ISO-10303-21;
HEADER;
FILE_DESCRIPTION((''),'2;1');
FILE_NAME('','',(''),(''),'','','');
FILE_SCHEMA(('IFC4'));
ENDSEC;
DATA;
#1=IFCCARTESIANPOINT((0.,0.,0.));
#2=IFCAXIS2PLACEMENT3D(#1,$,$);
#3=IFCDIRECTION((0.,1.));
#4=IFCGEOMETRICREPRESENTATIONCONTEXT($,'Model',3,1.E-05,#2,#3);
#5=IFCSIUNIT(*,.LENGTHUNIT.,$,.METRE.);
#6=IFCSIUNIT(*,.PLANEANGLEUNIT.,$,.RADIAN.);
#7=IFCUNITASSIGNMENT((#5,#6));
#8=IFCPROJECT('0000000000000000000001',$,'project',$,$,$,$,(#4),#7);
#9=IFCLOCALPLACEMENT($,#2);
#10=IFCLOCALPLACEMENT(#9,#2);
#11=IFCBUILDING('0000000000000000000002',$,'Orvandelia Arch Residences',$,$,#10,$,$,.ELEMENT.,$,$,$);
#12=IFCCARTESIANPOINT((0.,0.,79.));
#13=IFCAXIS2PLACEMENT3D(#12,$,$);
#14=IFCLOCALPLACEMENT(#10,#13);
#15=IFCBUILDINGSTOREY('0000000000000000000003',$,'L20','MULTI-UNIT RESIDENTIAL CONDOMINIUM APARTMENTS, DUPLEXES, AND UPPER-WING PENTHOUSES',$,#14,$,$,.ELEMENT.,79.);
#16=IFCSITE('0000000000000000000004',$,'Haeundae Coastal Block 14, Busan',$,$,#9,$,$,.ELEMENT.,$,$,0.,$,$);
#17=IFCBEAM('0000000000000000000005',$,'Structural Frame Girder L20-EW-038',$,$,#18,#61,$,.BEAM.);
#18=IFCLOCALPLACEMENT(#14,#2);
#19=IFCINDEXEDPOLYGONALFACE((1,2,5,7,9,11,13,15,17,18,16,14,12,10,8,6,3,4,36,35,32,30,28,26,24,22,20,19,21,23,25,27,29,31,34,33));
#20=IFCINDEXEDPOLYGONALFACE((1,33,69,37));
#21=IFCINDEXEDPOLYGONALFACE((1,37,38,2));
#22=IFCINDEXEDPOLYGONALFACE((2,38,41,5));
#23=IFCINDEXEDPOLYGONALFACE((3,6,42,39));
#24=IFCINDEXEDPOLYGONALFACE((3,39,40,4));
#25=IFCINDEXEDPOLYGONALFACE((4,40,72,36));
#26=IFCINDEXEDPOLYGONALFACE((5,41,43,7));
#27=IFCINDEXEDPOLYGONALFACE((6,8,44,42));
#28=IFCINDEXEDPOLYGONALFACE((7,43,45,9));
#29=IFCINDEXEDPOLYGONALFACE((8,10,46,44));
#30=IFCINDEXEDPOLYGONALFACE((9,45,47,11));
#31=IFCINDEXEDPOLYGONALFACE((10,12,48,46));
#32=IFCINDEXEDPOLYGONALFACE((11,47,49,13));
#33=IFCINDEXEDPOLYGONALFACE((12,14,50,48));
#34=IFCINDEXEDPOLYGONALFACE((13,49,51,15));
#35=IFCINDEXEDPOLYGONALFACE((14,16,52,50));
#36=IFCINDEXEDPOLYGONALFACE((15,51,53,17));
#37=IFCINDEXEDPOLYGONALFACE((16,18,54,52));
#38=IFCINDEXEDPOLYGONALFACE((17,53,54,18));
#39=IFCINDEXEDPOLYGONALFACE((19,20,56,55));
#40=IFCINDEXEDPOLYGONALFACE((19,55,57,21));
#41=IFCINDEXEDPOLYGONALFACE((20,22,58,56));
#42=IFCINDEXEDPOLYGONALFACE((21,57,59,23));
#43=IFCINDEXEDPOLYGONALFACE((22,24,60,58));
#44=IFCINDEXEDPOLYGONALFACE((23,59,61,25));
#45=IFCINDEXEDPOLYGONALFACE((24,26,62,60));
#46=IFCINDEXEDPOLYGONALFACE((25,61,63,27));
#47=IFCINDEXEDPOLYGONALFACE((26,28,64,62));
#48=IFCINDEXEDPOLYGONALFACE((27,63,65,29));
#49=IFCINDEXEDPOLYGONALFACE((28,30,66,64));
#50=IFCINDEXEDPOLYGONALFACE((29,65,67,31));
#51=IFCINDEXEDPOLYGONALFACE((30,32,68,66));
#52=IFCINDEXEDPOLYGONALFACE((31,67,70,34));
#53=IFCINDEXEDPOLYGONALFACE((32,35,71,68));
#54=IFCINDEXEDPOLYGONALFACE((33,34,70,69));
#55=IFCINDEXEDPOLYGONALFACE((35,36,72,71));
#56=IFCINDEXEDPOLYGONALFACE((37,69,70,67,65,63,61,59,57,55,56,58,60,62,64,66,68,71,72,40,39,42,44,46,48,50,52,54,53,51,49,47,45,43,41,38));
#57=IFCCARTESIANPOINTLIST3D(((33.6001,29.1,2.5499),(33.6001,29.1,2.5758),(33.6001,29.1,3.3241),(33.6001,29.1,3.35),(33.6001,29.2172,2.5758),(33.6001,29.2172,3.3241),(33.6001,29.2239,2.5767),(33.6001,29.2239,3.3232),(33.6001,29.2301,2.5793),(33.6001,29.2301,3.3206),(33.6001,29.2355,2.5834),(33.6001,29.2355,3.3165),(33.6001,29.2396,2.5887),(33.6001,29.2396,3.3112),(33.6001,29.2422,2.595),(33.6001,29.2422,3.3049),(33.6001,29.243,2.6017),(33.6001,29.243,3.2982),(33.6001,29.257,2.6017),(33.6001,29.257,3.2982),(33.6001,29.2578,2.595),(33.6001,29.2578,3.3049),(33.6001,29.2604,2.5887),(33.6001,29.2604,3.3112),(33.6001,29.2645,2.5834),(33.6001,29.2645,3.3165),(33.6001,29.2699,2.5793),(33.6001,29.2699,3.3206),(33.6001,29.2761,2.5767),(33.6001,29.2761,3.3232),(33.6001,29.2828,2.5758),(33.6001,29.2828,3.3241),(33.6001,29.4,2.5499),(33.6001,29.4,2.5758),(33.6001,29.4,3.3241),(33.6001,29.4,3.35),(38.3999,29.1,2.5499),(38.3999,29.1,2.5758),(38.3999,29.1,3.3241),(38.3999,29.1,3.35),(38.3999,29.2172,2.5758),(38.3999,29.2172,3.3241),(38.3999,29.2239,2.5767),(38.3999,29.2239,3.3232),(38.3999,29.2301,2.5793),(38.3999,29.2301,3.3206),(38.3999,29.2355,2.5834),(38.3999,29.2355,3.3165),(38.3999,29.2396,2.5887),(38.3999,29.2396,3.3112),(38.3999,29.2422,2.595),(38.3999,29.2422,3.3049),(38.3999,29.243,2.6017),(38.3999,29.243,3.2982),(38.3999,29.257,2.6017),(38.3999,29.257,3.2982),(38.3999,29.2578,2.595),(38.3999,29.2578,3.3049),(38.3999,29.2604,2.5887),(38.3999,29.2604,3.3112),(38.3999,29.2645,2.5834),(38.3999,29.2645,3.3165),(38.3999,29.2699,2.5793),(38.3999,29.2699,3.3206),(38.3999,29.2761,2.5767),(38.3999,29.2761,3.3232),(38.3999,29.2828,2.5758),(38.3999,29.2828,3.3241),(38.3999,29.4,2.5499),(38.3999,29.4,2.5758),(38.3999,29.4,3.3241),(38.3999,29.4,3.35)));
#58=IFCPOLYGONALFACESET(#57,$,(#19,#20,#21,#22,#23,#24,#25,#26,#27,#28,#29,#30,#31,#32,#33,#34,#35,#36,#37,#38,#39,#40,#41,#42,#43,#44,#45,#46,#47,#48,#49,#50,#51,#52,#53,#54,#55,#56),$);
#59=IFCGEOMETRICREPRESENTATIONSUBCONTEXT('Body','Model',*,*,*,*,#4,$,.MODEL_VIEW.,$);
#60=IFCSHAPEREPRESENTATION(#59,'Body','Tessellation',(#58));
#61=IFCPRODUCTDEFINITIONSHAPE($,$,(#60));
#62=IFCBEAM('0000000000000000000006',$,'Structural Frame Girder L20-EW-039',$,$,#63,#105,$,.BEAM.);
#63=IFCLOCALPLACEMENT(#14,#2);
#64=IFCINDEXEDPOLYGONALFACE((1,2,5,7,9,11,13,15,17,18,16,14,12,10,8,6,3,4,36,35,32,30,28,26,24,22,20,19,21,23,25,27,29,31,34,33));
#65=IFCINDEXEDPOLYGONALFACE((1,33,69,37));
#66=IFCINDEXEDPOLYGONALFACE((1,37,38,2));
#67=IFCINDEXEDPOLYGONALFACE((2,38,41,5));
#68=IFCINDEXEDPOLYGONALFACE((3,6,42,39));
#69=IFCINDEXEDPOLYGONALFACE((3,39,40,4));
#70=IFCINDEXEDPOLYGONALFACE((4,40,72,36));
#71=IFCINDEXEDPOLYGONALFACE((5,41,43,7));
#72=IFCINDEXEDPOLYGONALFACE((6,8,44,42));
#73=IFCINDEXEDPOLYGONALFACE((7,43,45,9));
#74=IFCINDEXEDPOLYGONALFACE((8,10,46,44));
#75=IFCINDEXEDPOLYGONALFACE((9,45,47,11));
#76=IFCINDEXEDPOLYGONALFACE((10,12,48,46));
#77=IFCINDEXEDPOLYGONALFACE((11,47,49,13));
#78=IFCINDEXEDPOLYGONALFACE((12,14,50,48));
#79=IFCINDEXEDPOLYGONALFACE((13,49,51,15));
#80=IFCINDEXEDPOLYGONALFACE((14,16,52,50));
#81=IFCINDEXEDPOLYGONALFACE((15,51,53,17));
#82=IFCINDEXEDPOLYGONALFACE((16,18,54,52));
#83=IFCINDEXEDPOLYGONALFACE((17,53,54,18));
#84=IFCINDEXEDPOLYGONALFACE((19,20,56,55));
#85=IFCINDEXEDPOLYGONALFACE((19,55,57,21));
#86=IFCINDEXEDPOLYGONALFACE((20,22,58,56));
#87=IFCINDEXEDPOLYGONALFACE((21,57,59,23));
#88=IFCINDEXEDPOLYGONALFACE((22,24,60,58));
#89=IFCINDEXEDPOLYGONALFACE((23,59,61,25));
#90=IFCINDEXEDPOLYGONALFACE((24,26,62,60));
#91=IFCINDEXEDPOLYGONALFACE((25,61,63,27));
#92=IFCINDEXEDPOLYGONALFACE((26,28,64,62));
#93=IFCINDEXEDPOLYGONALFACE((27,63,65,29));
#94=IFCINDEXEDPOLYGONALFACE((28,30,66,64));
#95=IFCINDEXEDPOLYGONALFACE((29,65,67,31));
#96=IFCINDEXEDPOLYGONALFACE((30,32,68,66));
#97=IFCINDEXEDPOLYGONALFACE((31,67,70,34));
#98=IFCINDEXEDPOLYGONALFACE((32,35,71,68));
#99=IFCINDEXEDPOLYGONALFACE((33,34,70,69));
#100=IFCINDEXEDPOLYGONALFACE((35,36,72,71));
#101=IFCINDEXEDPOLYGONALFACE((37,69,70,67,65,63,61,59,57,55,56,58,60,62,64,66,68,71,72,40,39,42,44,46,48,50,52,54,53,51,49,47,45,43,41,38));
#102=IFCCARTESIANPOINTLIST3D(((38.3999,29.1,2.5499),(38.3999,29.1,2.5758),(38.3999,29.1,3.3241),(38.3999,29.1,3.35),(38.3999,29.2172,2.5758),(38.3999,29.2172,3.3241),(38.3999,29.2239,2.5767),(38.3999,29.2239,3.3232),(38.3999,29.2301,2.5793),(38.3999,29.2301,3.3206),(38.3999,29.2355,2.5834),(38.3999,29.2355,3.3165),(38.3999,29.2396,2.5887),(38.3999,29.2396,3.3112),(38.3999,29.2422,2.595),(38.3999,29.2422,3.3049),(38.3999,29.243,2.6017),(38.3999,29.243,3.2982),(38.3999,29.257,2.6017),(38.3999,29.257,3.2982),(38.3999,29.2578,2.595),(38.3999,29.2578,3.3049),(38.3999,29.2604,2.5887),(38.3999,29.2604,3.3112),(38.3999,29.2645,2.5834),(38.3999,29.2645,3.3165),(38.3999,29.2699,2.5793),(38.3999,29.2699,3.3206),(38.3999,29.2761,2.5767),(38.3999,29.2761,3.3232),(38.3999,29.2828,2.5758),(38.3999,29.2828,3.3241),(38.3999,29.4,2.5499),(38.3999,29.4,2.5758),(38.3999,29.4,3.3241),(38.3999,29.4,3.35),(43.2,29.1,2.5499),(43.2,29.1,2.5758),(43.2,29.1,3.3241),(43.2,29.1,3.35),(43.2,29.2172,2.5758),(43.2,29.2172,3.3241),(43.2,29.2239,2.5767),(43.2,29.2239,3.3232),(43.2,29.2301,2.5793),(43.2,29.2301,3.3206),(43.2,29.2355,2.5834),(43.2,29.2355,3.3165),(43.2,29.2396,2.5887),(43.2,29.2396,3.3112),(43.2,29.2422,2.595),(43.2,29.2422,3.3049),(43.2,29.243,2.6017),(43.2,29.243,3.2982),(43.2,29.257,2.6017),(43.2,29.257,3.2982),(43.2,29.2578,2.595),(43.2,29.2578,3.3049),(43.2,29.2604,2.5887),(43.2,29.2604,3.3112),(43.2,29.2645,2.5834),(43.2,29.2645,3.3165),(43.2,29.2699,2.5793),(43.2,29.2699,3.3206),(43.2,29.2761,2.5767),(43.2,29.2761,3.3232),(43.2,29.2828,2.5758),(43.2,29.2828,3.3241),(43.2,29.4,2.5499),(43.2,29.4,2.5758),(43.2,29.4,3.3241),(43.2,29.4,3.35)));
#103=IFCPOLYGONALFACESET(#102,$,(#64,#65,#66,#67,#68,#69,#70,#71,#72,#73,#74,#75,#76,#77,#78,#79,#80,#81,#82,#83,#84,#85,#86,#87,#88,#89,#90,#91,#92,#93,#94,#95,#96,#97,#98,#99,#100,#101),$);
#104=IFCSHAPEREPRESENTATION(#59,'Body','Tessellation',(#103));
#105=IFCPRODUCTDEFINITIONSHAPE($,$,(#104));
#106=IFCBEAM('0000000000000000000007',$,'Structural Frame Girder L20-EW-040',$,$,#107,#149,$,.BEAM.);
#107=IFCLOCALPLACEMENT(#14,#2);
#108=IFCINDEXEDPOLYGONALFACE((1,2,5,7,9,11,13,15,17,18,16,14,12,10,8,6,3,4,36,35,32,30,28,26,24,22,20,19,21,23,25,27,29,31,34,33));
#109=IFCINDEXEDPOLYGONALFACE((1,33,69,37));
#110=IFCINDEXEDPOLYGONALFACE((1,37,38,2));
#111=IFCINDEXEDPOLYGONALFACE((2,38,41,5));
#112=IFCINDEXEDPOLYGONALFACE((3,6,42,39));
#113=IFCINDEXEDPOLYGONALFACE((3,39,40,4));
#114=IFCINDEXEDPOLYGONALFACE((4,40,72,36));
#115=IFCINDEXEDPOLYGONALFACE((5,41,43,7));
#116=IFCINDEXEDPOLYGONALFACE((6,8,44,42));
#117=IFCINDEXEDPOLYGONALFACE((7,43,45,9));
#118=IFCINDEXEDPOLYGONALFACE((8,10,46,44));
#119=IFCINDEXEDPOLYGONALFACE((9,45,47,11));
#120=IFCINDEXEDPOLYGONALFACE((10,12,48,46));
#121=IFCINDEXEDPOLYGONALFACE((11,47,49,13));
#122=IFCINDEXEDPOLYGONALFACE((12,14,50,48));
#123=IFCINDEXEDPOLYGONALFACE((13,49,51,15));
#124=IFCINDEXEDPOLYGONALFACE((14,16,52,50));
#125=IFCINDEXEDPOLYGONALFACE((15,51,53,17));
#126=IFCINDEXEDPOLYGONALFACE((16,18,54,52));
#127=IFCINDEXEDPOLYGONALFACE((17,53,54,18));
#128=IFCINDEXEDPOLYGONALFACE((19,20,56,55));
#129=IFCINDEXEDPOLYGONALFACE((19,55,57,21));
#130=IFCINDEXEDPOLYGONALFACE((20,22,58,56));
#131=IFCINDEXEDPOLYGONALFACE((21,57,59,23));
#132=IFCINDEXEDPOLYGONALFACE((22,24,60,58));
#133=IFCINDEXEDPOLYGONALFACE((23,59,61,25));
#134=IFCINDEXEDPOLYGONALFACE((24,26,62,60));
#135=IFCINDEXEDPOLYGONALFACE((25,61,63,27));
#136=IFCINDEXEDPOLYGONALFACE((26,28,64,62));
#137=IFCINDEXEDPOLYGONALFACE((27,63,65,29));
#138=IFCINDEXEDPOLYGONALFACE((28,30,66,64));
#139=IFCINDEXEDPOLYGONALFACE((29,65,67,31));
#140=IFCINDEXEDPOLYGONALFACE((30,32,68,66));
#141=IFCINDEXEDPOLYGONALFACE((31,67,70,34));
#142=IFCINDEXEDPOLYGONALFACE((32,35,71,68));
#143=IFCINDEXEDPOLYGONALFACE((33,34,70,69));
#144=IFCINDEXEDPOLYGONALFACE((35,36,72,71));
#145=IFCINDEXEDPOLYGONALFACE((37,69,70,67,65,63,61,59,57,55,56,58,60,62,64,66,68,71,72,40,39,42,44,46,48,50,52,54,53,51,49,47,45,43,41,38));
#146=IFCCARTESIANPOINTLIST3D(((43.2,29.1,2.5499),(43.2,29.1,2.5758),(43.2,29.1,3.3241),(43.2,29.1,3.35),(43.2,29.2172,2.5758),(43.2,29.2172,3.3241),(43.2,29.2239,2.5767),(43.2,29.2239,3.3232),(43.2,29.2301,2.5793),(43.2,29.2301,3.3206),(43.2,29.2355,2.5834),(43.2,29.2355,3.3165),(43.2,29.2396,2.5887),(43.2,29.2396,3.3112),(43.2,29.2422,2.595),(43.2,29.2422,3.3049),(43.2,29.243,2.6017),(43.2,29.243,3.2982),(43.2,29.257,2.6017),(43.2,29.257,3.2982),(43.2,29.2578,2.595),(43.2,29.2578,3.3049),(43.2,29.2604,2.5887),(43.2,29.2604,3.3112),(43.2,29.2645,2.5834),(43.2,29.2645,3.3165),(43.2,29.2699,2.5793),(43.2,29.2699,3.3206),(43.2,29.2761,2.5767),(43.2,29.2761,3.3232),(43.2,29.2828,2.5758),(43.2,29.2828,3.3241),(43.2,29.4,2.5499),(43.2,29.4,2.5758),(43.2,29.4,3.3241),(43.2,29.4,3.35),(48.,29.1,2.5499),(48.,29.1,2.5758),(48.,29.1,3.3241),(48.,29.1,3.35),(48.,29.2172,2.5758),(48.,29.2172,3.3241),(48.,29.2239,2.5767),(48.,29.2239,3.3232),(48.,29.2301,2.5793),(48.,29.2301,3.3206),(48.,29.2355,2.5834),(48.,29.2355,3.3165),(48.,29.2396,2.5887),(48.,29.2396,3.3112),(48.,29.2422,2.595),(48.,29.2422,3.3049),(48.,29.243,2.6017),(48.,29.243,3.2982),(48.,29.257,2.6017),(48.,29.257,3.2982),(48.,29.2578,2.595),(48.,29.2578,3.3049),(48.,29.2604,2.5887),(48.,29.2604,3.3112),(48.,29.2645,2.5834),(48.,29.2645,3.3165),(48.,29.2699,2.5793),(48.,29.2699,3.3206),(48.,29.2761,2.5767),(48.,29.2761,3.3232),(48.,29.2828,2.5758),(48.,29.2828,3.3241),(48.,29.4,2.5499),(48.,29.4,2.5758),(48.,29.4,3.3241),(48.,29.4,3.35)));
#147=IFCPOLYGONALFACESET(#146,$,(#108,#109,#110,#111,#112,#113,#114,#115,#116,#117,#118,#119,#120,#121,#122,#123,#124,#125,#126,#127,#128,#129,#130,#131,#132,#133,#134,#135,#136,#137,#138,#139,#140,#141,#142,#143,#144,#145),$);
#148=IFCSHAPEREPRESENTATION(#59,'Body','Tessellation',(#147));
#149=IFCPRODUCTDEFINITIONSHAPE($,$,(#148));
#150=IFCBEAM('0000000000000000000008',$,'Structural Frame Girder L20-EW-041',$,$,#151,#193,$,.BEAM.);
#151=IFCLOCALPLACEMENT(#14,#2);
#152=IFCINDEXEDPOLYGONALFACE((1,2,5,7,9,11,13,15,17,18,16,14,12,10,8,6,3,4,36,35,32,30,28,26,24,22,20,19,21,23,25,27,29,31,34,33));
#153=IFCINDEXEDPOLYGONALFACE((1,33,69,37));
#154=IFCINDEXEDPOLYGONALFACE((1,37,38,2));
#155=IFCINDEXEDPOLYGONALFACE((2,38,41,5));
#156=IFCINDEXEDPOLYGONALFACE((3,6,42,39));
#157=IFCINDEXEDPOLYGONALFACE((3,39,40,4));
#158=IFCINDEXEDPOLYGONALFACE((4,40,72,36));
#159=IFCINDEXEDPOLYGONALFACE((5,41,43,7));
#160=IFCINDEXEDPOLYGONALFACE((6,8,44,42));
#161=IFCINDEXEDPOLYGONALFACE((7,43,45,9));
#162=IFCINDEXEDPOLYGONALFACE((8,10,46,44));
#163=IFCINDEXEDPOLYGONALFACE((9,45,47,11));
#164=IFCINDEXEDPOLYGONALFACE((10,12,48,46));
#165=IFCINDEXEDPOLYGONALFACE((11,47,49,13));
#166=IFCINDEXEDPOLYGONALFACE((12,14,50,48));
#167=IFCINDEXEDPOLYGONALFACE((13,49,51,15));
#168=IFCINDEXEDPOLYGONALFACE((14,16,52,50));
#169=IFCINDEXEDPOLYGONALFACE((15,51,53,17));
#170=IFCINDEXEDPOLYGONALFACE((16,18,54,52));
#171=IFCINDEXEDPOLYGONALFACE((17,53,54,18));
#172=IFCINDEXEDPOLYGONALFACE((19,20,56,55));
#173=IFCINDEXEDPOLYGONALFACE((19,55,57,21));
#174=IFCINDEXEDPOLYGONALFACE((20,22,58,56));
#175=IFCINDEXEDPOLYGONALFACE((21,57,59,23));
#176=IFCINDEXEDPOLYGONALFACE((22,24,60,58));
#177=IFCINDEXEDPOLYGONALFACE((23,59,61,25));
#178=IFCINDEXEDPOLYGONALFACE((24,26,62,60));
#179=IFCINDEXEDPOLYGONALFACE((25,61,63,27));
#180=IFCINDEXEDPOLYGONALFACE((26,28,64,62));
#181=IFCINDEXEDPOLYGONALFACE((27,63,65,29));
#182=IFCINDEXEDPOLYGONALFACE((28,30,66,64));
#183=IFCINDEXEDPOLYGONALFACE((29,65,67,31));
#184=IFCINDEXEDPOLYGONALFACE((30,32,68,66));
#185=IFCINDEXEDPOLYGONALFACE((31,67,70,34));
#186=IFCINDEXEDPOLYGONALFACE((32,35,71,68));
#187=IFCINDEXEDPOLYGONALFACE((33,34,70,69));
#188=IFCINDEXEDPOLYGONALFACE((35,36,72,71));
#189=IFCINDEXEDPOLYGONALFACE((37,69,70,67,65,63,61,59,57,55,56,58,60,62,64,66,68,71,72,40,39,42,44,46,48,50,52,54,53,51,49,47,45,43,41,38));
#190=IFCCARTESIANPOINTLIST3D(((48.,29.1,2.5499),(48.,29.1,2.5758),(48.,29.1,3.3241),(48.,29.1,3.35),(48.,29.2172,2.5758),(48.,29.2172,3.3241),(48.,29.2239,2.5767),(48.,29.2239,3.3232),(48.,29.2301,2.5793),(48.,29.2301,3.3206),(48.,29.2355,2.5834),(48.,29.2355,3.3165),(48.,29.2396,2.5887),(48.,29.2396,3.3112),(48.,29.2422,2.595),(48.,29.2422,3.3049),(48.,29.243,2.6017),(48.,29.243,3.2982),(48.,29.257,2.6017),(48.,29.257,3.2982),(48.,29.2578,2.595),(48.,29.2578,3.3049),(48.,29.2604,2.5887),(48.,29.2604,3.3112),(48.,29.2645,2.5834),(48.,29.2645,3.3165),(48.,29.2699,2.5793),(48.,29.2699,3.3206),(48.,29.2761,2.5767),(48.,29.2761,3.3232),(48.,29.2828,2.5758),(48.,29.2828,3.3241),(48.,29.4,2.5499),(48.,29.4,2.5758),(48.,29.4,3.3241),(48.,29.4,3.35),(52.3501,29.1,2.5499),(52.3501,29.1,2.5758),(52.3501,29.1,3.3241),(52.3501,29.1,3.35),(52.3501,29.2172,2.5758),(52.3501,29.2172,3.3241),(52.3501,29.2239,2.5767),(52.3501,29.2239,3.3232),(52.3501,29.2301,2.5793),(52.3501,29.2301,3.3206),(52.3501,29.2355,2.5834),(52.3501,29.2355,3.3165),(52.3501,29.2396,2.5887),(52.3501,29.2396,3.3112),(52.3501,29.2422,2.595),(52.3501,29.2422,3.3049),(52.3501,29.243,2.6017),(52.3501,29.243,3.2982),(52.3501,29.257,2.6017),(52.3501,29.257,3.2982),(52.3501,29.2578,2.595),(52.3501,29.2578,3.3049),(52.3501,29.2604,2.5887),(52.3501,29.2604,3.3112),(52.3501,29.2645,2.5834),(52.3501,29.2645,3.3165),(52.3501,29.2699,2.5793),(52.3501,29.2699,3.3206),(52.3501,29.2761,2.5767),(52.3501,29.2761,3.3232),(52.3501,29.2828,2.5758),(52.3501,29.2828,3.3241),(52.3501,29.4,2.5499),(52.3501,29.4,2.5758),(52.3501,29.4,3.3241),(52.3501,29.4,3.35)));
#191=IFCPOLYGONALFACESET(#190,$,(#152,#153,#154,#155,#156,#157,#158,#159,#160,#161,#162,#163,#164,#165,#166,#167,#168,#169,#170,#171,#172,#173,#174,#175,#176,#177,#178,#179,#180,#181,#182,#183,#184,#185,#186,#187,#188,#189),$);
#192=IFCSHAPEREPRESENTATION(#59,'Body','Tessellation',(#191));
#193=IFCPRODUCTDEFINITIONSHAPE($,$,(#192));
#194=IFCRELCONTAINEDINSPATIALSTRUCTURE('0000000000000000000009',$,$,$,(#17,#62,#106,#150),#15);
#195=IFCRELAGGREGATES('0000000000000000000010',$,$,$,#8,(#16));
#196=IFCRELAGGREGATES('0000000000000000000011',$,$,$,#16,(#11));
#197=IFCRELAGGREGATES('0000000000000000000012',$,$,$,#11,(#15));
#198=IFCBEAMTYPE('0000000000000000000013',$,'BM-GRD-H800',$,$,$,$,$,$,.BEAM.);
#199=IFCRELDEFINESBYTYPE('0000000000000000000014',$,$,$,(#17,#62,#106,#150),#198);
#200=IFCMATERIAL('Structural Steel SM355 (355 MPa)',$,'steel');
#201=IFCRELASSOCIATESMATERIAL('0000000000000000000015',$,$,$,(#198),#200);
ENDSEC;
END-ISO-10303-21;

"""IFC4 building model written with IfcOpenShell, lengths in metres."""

from ifc_helpers import new_model, si_unit, direction, frame, origin, origin_2d, place, context, subcontext, project, spatial, i_section, extrude, material, material_profile, profile_set, type_object, element, save


model = new_model("IFC4")

# Units and contexts
model_context = context("Model", 3, precision=1e-05, world=origin(), true_north=direction((0.0, 1.0)))
body_context = subcontext(model_context, "Body", "Model", "MODEL_VIEW")
ifc_project = project(units=[si_unit("LENGTHUNIT", "METRE"), si_unit("PLANEANGLEUNIT", "RADIAN")], contexts=[model_context])

# Site, building, storey
site_placement = place(None, origin())
site = spatial("IfcSite", under=ifc_project, at=site_placement, Name="Haeundae Coastal Block 14, Busan", CompositionType="ELEMENT", RefElevation=0.0)
building_placement = place(site_placement, origin())
building = spatial("IfcBuilding", under=site, at=building_placement, Name="Orvandelia Arch Residences", CompositionType="ELEMENT")
storey_placement = place(building_placement, frame((0.0, 0.0, 79.0)))
storey = spatial("IfcBuildingStorey", under=building, at=storey_placement, Name="L20", Description="MULTI-UNIT RESIDENTIAL CONDOMINIUM APARTMENTS, DUPLEXES, AND UPPER-WING PENTHOUSES", CompositionType="ELEMENT", Elevation=79.0)

# Beams
ifc_material_1 = material(Name="Structural Steel SM355 (355 MPa)", Category="steel")
ifc_material_profile_1 = material_profile(ifc_material_1, i_section(OverallWidth=0.3, OverallDepth=0.8, WebThickness=0.0139, FlangeThickness=0.0259, FilletRadius=0.0259, at=origin_2d()), Name="Structural Steel SM355 (355 MPa)", Category="steel")
ifc_profile_set_1 = profile_set([ifc_material_profile_1], Name="Structural Steel SM355 (355 MPa)")
beam_type = type_object("IfcBeamType", Name="BM-GRD-H800", PredefinedType="BEAM", material=ifc_profile_set_1)
beam_1_placement = place(storey_placement, frame((33.6001, 29.25, 2.95), z_axis=(1.0, 0.0, 0.0), x_axis=(0.0, 1.0, 0.0)))
element("IfcBeam", 1, at=beam_1_placement, inside=storey, type_object=beam_type, Name="Structural Frame Girder L20-EW-038", PredefinedType="BEAM", context=body_context, shape_type="SweptSolid", body=[
    extrude(i_section(OverallWidth=0.3, OverallDepth=0.8, WebThickness=0.0139, FlangeThickness=0.0259, FilletRadius=0.0259, at=origin_2d()), origin(), (0.0, 0.0, 1.0), 4.7998),
])
for number, where, z_axis, x_axis, name in (
    (2, (38.3999, 29.25, 2.95), (1.0, 0.0, 0.0), (0.0, 1.0, 0.0), "Structural Frame Girder L20-EW-039"),
    (3, (43.2, 29.25, 2.95), (1.0, 0.0, 0.0), (0.0, 1.0, 0.0), "Structural Frame Girder L20-EW-040"),
):
    element("IfcBeam", number, at=place(storey_placement, frame(where, z_axis=z_axis, x_axis=x_axis)), inside=storey, type_object=beam_type, Name=name, PredefinedType="BEAM", context=body_context, shape_type="SweptSolid", body=[
        extrude(i_section(OverallWidth=0.3, OverallDepth=0.8, WebThickness=0.0139, FlangeThickness=0.0259, FilletRadius=0.0259, at=origin_2d()), origin(), (0.0, 0.0, 1.0), 4.8),
    ])
beam_2_placement = place(storey_placement, frame((48.0, 29.25, 2.95), z_axis=(1.0, 0.0, 0.0), x_axis=(0.0, 1.0, 0.0)))
element("IfcBeam", 4, at=beam_2_placement, inside=storey, type_object=beam_type, Name="Structural Frame Girder L20-EW-041", PredefinedType="BEAM", context=body_context, shape_type="SweptSolid", body=[
    extrude(i_section(OverallWidth=0.3, OverallDepth=0.8, WebThickness=0.0139, FlangeThickness=0.0259, FilletRadius=0.0259, at=origin_2d()), origin(), (0.0, 0.0, 1.0), 4.3501),
])

save(model, "model.ifc")
